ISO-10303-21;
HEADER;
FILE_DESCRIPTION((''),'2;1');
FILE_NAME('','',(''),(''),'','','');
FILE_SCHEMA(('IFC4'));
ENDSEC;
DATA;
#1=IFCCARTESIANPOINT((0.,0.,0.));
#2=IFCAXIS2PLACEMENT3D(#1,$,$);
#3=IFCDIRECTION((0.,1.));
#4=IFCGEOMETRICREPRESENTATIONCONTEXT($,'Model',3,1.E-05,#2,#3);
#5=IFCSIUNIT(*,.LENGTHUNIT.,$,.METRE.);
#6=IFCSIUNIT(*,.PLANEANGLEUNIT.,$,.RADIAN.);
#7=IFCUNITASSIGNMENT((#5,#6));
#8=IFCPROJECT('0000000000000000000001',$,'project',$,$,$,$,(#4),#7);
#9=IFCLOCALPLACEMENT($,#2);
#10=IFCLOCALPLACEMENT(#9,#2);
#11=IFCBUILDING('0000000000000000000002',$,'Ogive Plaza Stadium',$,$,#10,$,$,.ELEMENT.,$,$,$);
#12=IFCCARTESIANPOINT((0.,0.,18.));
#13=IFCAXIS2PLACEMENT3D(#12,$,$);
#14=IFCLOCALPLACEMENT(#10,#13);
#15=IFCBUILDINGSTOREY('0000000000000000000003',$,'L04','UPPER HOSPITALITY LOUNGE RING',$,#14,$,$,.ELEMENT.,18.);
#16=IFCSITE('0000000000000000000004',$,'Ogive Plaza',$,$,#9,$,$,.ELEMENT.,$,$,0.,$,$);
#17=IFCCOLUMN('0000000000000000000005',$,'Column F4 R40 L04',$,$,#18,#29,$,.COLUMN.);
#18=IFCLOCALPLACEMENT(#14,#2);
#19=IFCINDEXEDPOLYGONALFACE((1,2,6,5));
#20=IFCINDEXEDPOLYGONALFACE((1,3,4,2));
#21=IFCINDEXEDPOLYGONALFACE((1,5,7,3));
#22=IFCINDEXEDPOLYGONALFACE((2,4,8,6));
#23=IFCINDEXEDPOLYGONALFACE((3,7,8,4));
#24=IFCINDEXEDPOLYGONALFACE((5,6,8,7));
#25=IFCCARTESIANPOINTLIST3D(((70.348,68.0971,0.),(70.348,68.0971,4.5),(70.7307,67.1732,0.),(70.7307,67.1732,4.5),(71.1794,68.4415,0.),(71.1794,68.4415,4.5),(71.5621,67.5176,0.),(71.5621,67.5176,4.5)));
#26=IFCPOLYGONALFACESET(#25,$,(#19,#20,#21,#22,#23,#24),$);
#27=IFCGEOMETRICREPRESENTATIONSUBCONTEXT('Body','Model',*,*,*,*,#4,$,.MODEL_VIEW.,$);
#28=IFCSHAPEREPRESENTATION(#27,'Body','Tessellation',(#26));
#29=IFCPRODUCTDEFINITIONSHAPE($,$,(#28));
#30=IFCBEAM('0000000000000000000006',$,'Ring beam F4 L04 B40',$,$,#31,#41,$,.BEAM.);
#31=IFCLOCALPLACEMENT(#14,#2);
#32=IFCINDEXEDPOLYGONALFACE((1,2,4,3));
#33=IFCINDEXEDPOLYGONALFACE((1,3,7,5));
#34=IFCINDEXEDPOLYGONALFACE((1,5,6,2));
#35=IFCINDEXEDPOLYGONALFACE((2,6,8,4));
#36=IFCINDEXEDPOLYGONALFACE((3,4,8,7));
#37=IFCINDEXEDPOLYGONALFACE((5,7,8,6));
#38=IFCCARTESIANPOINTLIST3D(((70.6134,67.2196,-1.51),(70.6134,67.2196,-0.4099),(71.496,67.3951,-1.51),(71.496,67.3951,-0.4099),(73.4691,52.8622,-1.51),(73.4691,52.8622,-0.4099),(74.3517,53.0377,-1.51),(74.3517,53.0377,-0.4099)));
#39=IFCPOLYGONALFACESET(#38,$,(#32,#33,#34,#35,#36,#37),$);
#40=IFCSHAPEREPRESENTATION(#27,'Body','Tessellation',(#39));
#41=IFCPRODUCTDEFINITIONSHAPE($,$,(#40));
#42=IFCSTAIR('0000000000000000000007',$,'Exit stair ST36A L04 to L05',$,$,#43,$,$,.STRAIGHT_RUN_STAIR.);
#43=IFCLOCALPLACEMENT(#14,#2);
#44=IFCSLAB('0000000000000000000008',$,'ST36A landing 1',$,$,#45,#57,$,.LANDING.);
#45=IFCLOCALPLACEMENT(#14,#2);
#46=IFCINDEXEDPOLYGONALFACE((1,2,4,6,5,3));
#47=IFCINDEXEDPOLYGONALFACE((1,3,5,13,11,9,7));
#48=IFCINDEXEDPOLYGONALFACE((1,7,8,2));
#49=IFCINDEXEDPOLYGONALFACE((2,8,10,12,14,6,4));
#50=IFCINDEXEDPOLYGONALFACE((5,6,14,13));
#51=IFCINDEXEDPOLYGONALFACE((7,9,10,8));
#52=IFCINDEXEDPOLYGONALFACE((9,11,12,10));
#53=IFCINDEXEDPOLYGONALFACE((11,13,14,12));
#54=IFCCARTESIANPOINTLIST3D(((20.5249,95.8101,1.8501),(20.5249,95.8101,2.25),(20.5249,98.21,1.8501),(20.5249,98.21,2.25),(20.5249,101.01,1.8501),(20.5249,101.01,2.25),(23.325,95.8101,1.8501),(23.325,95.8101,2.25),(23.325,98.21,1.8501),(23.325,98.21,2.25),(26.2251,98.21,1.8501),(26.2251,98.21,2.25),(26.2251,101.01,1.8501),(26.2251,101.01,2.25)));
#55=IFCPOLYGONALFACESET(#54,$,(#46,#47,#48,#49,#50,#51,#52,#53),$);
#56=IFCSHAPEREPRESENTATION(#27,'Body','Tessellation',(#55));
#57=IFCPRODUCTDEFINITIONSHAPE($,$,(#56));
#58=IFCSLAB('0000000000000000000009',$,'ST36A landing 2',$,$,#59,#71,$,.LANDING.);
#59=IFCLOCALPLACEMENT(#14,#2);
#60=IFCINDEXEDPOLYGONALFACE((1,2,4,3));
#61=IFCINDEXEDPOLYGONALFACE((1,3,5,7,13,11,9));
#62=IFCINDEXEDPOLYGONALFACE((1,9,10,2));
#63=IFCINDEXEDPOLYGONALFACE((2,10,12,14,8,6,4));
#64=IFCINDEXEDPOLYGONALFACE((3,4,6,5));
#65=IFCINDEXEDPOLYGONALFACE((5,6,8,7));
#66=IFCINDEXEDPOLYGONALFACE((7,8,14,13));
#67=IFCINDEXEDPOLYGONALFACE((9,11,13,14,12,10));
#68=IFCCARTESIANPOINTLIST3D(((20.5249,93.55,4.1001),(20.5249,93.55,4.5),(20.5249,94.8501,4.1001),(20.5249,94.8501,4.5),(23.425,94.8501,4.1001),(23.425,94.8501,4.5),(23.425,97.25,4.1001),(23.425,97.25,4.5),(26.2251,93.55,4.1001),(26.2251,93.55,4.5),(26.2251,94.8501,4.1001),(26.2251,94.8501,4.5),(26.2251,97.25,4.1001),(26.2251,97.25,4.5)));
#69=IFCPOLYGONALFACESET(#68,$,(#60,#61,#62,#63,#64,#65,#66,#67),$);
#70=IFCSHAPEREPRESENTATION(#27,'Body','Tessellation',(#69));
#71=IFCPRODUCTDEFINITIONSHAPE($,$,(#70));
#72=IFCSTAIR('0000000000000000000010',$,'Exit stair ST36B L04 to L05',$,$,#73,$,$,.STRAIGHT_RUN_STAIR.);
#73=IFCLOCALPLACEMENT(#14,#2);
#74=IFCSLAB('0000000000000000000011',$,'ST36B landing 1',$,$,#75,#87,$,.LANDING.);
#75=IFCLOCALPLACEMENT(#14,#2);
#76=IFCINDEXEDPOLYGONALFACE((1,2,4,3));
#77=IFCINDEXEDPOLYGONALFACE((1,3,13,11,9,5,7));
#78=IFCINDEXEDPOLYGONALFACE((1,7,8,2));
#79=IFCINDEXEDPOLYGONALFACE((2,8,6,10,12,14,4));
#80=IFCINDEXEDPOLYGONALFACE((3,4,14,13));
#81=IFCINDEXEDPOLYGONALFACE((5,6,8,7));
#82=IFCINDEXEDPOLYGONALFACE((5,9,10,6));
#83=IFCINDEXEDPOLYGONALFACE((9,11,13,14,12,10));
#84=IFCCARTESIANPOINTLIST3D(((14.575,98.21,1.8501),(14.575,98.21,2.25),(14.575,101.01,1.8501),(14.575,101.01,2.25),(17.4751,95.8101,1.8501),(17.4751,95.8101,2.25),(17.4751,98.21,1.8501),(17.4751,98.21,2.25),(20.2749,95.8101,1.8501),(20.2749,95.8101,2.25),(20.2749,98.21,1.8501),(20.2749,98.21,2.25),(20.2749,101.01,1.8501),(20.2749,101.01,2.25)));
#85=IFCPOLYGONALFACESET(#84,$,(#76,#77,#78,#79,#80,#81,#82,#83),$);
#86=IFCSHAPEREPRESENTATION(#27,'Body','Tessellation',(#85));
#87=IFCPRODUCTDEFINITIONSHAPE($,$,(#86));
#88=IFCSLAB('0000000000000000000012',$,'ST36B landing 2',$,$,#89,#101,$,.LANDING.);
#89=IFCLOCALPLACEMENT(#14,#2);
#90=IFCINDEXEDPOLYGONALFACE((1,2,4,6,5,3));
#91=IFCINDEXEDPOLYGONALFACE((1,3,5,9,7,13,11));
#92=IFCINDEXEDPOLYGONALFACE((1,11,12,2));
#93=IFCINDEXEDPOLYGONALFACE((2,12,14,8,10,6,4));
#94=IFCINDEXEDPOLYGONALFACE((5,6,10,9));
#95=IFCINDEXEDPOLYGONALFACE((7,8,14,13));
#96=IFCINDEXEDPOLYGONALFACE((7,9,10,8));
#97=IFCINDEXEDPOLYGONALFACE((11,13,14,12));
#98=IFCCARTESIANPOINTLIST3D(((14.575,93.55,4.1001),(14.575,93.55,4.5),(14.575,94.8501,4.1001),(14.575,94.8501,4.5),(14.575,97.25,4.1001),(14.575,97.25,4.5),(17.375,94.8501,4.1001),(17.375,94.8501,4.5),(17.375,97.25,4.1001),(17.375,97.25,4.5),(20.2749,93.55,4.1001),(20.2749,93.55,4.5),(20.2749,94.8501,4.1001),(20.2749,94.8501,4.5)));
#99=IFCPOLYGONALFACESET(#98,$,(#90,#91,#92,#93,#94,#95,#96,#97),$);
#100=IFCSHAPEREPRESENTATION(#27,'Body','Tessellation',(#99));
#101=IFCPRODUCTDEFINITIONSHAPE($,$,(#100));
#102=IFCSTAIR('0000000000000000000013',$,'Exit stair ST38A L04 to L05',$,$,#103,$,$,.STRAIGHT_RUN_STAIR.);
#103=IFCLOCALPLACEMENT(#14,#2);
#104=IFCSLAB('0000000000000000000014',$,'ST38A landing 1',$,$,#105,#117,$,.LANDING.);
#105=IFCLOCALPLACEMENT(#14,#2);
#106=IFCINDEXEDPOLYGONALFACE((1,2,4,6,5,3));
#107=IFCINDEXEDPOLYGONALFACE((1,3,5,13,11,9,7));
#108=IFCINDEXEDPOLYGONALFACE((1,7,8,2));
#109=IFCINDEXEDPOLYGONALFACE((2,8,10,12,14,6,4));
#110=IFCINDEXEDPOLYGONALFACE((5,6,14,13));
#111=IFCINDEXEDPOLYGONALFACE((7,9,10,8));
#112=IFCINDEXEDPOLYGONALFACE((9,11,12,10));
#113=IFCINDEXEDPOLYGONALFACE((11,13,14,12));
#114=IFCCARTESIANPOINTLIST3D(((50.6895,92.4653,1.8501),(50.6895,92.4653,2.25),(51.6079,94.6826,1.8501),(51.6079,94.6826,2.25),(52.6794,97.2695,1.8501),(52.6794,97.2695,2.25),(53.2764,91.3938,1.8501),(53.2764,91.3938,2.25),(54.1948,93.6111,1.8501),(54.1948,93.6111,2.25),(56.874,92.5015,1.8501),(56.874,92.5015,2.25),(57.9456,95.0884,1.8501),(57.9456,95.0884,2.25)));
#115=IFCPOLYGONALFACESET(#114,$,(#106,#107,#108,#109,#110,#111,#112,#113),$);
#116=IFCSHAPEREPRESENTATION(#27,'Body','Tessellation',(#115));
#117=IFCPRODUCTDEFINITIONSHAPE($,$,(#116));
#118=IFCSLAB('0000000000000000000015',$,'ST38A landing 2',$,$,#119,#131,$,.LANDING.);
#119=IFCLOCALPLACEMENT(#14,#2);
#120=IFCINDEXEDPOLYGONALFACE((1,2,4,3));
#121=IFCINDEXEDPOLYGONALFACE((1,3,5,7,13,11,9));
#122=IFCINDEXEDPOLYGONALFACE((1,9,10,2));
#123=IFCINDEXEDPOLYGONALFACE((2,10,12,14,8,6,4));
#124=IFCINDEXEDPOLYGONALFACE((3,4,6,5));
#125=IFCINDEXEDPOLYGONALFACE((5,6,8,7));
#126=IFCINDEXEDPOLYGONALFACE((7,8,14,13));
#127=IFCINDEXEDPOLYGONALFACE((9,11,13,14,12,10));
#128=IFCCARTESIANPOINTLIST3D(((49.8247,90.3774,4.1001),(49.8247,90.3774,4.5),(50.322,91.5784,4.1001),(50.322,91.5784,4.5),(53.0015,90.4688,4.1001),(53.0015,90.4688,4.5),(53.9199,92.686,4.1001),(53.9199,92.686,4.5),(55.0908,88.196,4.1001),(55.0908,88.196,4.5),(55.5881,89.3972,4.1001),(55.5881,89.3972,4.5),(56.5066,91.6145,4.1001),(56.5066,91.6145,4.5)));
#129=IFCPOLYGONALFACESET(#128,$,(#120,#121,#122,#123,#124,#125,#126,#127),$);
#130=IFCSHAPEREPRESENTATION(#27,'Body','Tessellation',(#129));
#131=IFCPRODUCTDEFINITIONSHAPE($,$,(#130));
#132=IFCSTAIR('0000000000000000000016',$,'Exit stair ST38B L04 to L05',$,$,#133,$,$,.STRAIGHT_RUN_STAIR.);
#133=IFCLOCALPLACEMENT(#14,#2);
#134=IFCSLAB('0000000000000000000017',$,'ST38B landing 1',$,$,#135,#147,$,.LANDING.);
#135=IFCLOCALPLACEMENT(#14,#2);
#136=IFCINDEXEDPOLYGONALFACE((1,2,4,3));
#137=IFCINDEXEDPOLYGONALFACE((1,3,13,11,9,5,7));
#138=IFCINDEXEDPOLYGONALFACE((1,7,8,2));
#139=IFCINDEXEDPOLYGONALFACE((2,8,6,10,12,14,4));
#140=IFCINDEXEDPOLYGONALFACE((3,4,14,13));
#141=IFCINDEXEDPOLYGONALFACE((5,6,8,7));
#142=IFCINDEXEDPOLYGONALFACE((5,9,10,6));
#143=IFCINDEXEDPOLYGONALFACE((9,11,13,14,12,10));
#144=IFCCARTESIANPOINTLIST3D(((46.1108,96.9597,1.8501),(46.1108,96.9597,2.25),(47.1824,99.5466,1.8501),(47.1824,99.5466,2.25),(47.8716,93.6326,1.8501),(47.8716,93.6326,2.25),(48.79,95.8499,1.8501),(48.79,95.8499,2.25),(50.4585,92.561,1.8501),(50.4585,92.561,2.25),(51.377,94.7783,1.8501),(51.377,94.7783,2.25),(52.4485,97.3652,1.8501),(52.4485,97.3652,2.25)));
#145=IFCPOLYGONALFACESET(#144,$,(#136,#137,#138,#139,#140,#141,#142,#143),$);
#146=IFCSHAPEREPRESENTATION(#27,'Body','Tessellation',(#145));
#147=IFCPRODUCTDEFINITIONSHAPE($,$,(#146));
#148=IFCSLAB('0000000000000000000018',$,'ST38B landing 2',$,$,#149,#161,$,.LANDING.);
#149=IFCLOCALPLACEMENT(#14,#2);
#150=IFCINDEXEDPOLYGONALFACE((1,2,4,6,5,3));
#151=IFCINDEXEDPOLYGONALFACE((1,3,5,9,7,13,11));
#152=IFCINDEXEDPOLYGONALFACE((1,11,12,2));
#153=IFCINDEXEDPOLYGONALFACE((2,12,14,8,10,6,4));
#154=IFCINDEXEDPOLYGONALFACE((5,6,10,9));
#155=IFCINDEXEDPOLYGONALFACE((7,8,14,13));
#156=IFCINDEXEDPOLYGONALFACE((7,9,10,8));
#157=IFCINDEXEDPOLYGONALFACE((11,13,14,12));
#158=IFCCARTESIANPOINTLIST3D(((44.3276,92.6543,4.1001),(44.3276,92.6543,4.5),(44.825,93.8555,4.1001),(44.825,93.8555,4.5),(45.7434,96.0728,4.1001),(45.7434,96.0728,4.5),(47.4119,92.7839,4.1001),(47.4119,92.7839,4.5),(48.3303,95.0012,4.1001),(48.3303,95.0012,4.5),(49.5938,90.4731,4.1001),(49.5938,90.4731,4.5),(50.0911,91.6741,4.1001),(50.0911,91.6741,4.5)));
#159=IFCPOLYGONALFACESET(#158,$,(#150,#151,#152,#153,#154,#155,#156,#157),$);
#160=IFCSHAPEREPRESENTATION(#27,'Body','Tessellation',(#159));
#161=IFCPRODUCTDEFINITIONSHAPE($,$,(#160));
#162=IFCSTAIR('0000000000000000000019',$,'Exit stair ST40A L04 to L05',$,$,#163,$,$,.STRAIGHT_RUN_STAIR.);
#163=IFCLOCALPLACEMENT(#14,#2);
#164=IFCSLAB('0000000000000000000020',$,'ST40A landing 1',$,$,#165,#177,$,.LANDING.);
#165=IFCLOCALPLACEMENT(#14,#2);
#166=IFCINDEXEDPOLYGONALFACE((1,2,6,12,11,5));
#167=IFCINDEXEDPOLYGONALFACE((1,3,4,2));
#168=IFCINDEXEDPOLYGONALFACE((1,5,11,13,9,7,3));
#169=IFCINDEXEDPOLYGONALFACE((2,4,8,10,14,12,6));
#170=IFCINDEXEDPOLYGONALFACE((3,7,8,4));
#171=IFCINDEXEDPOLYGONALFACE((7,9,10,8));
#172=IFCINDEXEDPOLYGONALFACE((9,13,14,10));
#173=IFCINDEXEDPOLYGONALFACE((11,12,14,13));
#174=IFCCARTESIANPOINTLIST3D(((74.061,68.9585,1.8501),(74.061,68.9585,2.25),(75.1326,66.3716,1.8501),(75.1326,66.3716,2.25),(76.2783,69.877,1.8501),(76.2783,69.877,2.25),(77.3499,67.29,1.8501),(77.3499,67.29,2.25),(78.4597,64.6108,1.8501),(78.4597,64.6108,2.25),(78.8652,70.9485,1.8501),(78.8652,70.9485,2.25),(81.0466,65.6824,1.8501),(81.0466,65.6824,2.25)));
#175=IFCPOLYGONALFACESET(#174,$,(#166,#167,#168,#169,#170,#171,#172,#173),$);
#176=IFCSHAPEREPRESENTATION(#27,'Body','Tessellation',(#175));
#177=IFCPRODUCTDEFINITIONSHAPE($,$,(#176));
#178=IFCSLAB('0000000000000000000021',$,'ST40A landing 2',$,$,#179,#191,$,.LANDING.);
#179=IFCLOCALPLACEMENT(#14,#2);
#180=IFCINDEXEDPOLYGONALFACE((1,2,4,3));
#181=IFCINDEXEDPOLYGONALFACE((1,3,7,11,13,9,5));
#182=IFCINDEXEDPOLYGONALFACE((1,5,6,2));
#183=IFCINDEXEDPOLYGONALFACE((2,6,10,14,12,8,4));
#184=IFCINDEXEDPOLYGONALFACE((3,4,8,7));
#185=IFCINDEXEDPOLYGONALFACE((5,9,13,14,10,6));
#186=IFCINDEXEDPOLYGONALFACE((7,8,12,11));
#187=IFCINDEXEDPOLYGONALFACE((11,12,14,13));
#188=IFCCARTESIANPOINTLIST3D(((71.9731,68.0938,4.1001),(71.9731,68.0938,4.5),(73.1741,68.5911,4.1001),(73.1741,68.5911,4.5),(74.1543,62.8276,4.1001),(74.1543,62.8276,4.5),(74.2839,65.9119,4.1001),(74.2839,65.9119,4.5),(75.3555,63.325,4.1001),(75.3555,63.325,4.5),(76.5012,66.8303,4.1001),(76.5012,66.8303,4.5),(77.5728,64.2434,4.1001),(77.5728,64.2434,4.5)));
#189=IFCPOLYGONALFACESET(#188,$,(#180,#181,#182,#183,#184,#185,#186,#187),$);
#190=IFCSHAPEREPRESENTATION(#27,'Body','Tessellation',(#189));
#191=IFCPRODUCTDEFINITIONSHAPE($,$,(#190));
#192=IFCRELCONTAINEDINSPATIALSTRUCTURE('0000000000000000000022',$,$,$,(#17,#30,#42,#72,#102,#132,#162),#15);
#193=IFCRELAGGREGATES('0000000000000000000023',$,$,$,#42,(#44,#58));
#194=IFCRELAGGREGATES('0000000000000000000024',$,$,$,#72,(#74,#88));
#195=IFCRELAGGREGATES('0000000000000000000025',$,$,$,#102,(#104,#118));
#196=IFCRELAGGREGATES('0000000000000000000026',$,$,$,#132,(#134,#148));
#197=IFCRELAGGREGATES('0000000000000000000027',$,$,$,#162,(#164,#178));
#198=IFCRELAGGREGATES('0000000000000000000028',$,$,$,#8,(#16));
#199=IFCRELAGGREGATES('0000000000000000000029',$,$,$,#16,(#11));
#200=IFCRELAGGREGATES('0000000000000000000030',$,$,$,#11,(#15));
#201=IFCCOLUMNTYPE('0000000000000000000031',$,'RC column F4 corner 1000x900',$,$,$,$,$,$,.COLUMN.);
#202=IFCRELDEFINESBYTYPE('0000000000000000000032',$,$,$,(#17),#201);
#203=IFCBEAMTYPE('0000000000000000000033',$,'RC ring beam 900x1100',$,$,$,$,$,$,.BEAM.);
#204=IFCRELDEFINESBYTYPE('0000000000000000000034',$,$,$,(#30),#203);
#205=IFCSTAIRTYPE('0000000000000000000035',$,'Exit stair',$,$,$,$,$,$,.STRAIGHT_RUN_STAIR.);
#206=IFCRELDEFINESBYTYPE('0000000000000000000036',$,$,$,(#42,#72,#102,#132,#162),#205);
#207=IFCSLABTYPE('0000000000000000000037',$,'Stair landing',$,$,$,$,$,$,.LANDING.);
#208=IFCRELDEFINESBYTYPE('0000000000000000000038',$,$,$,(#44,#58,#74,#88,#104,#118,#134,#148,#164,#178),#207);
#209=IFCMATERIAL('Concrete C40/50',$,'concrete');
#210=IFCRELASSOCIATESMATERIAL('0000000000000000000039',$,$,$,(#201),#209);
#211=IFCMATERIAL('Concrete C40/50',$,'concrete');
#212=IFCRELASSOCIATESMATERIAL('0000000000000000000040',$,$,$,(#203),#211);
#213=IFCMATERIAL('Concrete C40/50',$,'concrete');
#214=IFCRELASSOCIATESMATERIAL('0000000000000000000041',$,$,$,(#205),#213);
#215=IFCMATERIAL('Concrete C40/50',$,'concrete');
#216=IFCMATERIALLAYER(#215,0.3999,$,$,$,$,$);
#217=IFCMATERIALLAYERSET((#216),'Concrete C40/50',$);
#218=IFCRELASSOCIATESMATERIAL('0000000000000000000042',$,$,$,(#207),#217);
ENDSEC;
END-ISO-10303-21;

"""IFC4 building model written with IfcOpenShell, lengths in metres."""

from ifc_helpers import new_model, si_unit, direction, frame, origin, origin_2d, place, context, subcontext, project, spatial, polyline, rectangle, outline, extrude, material, layer, layer_set, material_profile, profile_set, type_object, element, aggregate, save


model = new_model("IFC4")

# Units and contexts
model_context = context("Model", 3, precision=1e-05, world=origin(), true_north=direction((0.0, 1.0)))
body_context = subcontext(model_context, "Body", "Model", "MODEL_VIEW")
ifc_project = project(units=[si_unit("LENGTHUNIT", "METRE"), si_unit("PLANEANGLEUNIT", "RADIAN")], contexts=[model_context])

# Site, building, storey
site_placement = place(None, origin())
site = spatial("IfcSite", under=ifc_project, at=site_placement, Name="Ogive Plaza", CompositionType="ELEMENT", RefElevation=0.0)
building_placement = place(site_placement, origin())
building = spatial("IfcBuilding", under=site, at=building_placement, Name="Ogive Plaza Stadium", CompositionType="ELEMENT")
storey_placement = place(building_placement, frame((0.0, 0.0, 18.0)))
storey = spatial("IfcBuildingStorey", under=building, at=storey_placement, Name="L04", Description="UPPER HOSPITALITY LOUNGE RING", CompositionType="ELEMENT", Elevation=18.0)

# Column
ifc_material_1 = material(Name="Concrete C40/50", Category="concrete")
ifc_material_profile_1 = material_profile(ifc_material_1, rectangle(XDim=1.0, YDim=0.8999, at=origin_2d()), Name="RC 1000x900")
ifc_profile_set_1 = profile_set([ifc_material_profile_1], Name="Concrete C40/50")
column_type = type_object("IfcColumnType", Name="RC column F4 corner 1000x900", PredefinedType="COLUMN", material=ifc_profile_set_1)
column_placement = place(storey_placement, frame((70.9551, 67.8074, 0.0), z_axis=(0.0, 0.0, 1.0), x_axis=(-0.382683, 0.92388, 0.0)))
element("IfcColumn", 1, at=column_placement, inside=storey, type_object=column_type, Name="Column F4 R40 L04", PredefinedType="COLUMN", context=body_context, shape_type="SweptSolid", body=[
    extrude(rectangle(XDim=1.0, YDim=0.8999, at=origin_2d()), origin(), (0.0, 0.0, 1.0), 4.5),
])

# Beam
ifc_material_2 = material(Name="Concrete C40/50", Category="concrete")
ifc_material_profile_2 = material_profile(ifc_material_2, rectangle(XDim=0.8999, YDim=1.1001, at=origin_2d()), Name="RC 900x1100")
ifc_profile_set_2 = profile_set([ifc_material_profile_2], Name="Concrete C40/50")
beam_type = type_object("IfcBeamType", Name="RC ring beam 900x1100", PredefinedType="BEAM", material=ifc_profile_set_2)
beam_placement = place(storey_placement, frame((71.0547, 67.3074, -0.96), z_axis=(0.19508, -0.980787, 0.0), x_axis=(0.980787, 0.19508, 0.0)))
element("IfcBeam", 2, at=beam_placement, inside=storey, type_object=beam_type, Name="Ring beam F4 L04 B40", PredefinedType="BEAM", context=body_context, shape_type="SweptSolid", body=[
    extrude(rectangle(XDim=0.8999, YDim=1.1001, at=origin_2d()), origin(), (0.0, 0.0, 1.0), 14.6387),
])

# Stairs, slabs
ifc_material_3 = material(Name="Concrete C40/50", Category="concrete")
stair_type = type_object("IfcStairType", Name="Exit stair", PredefinedType="STRAIGHT_RUN_STAIR", material=ifc_material_3)
stair_1_placement = place(storey_placement, origin())
stair_1 = element("IfcStair", 3, at=stair_1_placement, inside=storey, type_object=stair_type, Name="Exit stair ST36A L04 to L05", PredefinedType="STRAIGHT_RUN_STAIR")
ifc_material_4 = material(Name="Concrete C40/50", Category="concrete")
ifc_layer_1 = layer(ifc_material_4, 0.3999)
ifc_layer_set_1 = layer_set([ifc_layer_1], Name="Concrete C40/50")
slab_type = type_object("IfcSlabType", Name="Stair landing", PredefinedType="LANDING", material=ifc_layer_set_1)
slab_1_placement = place(storey_placement, frame((0.0, 0.0, 1.8501)))
slab_1 = element("IfcSlab", 4, at=slab_1_placement, type_object=slab_type, Name="ST36A landing 1", PredefinedType="LANDING", context=body_context, shape_type="SweptSolid", body=[
    extrude(outline(polyline([(20.5249, 101.01), (26.2251, 101.01), (26.2251, 98.21), (23.325, 98.21), (23.325, 95.8101), (20.5249, 95.8101), (20.5249, 98.21), (20.5249, 101.01)])), origin(), (0.0, 0.0, 1.0), 0.3999),
])
slab_2_placement = place(storey_placement, frame((0.0, 0.0, 4.1001)))
slab_2 = element("IfcSlab", 5, at=slab_2_placement, type_object=slab_type, Name="ST36A landing 2", PredefinedType="LANDING", context=body_context, shape_type="SweptSolid", body=[
    extrude(outline(polyline([(23.425, 97.25), (26.2251, 97.25), (26.2251, 94.8501), (26.2251, 93.55), (20.5249, 93.55), (20.5249, 94.8501), (23.425, 94.8501), (23.425, 97.25)])), origin(), (0.0, 0.0, 1.0), 0.3999),
])
aggregate(stair_1, [slab_1, slab_2])
stair_2_placement = place(storey_placement, origin())
stair_2 = element("IfcStair", 6, at=stair_2_placement, inside=storey, type_object=stair_type, Name="Exit stair ST36B L04 to L05", PredefinedType="STRAIGHT_RUN_STAIR")
slab_3_placement = place(storey_placement, frame((0.0, 0.0, 1.8501)))
slab_3 = element("IfcSlab", 7, at=slab_3_placement, type_object=slab_type, Name="ST36B landing 1", PredefinedType="LANDING", context=body_context, shape_type="SweptSolid", body=[
    extrude(outline(polyline([(20.2749, 95.8101), (17.4751, 95.8101), (17.4751, 98.21), (14.575, 98.21), (14.575, 101.01), (20.2749, 101.01), (20.2749, 98.21), (20.2749, 95.8101)])), origin(), (0.0, 0.0, 1.0), 0.3999),
])
slab_4_placement = place(storey_placement, frame((0.0, 0.0, 4.1001)))
slab_4 = element("IfcSlab", 8, at=slab_4_placement, type_object=slab_type, Name="ST36B landing 2", PredefinedType="LANDING", context=body_context, shape_type="SweptSolid", body=[
    extrude(outline(polyline([(20.2749, 94.8501), (20.2749, 93.55), (14.575, 93.55), (14.575, 94.8501), (14.575, 97.25), (17.375, 97.25), (17.375, 94.8501), (20.2749, 94.8501)])), origin(), (0.0, 0.0, 1.0), 0.3999),
])
aggregate(stair_2, [slab_3, slab_4])
stair_3_placement = place(storey_placement, origin())
stair_3 = element("IfcStair", 9, at=stair_3_placement, inside=storey, type_object=stair_type, Name="Exit stair ST38A L04 to L05", PredefinedType="STRAIGHT_RUN_STAIR")
slab_5_placement = place(storey_placement, frame((0.0, 0.0, 1.8501)))
slab_5 = element("IfcSlab", 10, at=slab_5_placement, type_object=slab_type, Name="ST38A landing 1", PredefinedType="LANDING", context=body_context, shape_type="SweptSolid", body=[
    extrude(outline(polyline([(52.6794, 97.2695), (57.9456, 95.0884), (56.874, 92.5015), (54.1948, 93.6111), (53.2764, 91.3938), (50.6895, 92.4653), (51.6079, 94.6826), (52.6794, 97.2695)])), origin(), (0.0, 0.0, 1.0), 0.3999),
])
slab_6_placement = place(storey_placement, frame((0.0, 0.0, 4.1001)))
slab_6 = element("IfcSlab", 11, at=slab_6_placement, type_object=slab_type, Name="ST38A landing 2", PredefinedType="LANDING", context=body_context, shape_type="SweptSolid", body=[
    extrude(outline(polyline([(53.9199, 92.686), (56.5066, 91.6145), (55.5881, 89.3972), (55.0908, 88.196), (49.8247, 90.3774), (50.322, 91.5784), (53.0015, 90.4688), (53.9199, 92.686)])), origin(), (0.0, 0.0, 1.0), 0.3999),
])
aggregate(stair_3, [slab_5, slab_6])
stair_4_placement = place(storey_placement, origin())
stair_4 = element("IfcStair", 12, at=stair_4_placement, inside=storey, type_object=stair_type, Name="Exit stair ST38B L04 to L05", PredefinedType="STRAIGHT_RUN_STAIR")
slab_7_placement = place(storey_placement, frame((0.0, 0.0, 1.8501)))
slab_7 = element("IfcSlab", 13, at=slab_7_placement, type_object=slab_type, Name="ST38B landing 1", PredefinedType="LANDING", context=body_context, shape_type="SweptSolid", body=[
    extrude(outline(polyline([(50.4585, 92.561), (47.8716, 93.6326), (48.79, 95.8499), (46.1108, 96.9597), (47.1824, 99.5466), (52.4485, 97.3652), (51.377, 94.7783), (50.4585, 92.561)])), origin(), (0.0, 0.0, 1.0), 0.3999),
])
slab_8_placement = place(storey_placement, frame((0.0, 0.0, 4.1001)))
slab_8 = element("IfcSlab", 14, at=slab_8_placement, type_object=slab_type, Name="ST38B landing 2", PredefinedType="LANDING", context=body_context, shape_type="SweptSolid", body=[
    extrude(outline(polyline([(50.0911, 91.6741), (49.5938, 90.4731), (44.3276, 92.6543), (44.825, 93.8555), (45.7434, 96.0728), (48.3303, 95.0012), (47.4119, 92.7839), (50.0911, 91.6741)])), origin(), (0.0, 0.0, 1.0), 0.3999),
])
aggregate(stair_4, [slab_7, slab_8])
stair_5_placement = place(storey_placement, origin())
stair_5 = element("IfcStair", 15, at=stair_5_placement, inside=storey, type_object=stair_type, Name="Exit stair ST40A L04 to L05", PredefinedType="STRAIGHT_RUN_STAIR")
slab_9_placement = place(storey_placement, frame((0.0, 0.0, 1.8501)))
slab_9 = element("IfcSlab", 16, at=slab_9_placement, type_object=slab_type, Name="ST40A landing 1", PredefinedType="LANDING", context=body_context, shape_type="SweptSolid", body=[
    extrude(outline(polyline([(78.8652, 70.9485), (81.0466, 65.6824), (78.4597, 64.6108), (77.3499, 67.29), (75.1326, 66.3716), (74.061, 68.9585), (76.2783, 69.877), (78.8652, 70.9485)])), origin(), (0.0, 0.0, 1.0), 0.3999),
])
slab_10_placement = place(storey_placement, frame((0.0, 0.0, 4.1001)))
slab_10 = element("IfcSlab", 17, at=slab_10_placement, type_object=slab_type, Name="ST40A landing 2", PredefinedType="LANDING", context=body_context, shape_type="SweptSolid", body=[
    extrude(outline(polyline([(76.5012, 66.8303), (77.5728, 64.2434), (75.3555, 63.325), (74.1543, 62.8276), (71.9731, 68.0938), (73.1741, 68.5911), (74.2839, 65.9119), (76.5012, 66.8303)])), origin(), (0.0, 0.0, 1.0), 0.3999),
])
aggregate(stair_5, [slab_9, slab_10])

save(model, "model.ifc")
